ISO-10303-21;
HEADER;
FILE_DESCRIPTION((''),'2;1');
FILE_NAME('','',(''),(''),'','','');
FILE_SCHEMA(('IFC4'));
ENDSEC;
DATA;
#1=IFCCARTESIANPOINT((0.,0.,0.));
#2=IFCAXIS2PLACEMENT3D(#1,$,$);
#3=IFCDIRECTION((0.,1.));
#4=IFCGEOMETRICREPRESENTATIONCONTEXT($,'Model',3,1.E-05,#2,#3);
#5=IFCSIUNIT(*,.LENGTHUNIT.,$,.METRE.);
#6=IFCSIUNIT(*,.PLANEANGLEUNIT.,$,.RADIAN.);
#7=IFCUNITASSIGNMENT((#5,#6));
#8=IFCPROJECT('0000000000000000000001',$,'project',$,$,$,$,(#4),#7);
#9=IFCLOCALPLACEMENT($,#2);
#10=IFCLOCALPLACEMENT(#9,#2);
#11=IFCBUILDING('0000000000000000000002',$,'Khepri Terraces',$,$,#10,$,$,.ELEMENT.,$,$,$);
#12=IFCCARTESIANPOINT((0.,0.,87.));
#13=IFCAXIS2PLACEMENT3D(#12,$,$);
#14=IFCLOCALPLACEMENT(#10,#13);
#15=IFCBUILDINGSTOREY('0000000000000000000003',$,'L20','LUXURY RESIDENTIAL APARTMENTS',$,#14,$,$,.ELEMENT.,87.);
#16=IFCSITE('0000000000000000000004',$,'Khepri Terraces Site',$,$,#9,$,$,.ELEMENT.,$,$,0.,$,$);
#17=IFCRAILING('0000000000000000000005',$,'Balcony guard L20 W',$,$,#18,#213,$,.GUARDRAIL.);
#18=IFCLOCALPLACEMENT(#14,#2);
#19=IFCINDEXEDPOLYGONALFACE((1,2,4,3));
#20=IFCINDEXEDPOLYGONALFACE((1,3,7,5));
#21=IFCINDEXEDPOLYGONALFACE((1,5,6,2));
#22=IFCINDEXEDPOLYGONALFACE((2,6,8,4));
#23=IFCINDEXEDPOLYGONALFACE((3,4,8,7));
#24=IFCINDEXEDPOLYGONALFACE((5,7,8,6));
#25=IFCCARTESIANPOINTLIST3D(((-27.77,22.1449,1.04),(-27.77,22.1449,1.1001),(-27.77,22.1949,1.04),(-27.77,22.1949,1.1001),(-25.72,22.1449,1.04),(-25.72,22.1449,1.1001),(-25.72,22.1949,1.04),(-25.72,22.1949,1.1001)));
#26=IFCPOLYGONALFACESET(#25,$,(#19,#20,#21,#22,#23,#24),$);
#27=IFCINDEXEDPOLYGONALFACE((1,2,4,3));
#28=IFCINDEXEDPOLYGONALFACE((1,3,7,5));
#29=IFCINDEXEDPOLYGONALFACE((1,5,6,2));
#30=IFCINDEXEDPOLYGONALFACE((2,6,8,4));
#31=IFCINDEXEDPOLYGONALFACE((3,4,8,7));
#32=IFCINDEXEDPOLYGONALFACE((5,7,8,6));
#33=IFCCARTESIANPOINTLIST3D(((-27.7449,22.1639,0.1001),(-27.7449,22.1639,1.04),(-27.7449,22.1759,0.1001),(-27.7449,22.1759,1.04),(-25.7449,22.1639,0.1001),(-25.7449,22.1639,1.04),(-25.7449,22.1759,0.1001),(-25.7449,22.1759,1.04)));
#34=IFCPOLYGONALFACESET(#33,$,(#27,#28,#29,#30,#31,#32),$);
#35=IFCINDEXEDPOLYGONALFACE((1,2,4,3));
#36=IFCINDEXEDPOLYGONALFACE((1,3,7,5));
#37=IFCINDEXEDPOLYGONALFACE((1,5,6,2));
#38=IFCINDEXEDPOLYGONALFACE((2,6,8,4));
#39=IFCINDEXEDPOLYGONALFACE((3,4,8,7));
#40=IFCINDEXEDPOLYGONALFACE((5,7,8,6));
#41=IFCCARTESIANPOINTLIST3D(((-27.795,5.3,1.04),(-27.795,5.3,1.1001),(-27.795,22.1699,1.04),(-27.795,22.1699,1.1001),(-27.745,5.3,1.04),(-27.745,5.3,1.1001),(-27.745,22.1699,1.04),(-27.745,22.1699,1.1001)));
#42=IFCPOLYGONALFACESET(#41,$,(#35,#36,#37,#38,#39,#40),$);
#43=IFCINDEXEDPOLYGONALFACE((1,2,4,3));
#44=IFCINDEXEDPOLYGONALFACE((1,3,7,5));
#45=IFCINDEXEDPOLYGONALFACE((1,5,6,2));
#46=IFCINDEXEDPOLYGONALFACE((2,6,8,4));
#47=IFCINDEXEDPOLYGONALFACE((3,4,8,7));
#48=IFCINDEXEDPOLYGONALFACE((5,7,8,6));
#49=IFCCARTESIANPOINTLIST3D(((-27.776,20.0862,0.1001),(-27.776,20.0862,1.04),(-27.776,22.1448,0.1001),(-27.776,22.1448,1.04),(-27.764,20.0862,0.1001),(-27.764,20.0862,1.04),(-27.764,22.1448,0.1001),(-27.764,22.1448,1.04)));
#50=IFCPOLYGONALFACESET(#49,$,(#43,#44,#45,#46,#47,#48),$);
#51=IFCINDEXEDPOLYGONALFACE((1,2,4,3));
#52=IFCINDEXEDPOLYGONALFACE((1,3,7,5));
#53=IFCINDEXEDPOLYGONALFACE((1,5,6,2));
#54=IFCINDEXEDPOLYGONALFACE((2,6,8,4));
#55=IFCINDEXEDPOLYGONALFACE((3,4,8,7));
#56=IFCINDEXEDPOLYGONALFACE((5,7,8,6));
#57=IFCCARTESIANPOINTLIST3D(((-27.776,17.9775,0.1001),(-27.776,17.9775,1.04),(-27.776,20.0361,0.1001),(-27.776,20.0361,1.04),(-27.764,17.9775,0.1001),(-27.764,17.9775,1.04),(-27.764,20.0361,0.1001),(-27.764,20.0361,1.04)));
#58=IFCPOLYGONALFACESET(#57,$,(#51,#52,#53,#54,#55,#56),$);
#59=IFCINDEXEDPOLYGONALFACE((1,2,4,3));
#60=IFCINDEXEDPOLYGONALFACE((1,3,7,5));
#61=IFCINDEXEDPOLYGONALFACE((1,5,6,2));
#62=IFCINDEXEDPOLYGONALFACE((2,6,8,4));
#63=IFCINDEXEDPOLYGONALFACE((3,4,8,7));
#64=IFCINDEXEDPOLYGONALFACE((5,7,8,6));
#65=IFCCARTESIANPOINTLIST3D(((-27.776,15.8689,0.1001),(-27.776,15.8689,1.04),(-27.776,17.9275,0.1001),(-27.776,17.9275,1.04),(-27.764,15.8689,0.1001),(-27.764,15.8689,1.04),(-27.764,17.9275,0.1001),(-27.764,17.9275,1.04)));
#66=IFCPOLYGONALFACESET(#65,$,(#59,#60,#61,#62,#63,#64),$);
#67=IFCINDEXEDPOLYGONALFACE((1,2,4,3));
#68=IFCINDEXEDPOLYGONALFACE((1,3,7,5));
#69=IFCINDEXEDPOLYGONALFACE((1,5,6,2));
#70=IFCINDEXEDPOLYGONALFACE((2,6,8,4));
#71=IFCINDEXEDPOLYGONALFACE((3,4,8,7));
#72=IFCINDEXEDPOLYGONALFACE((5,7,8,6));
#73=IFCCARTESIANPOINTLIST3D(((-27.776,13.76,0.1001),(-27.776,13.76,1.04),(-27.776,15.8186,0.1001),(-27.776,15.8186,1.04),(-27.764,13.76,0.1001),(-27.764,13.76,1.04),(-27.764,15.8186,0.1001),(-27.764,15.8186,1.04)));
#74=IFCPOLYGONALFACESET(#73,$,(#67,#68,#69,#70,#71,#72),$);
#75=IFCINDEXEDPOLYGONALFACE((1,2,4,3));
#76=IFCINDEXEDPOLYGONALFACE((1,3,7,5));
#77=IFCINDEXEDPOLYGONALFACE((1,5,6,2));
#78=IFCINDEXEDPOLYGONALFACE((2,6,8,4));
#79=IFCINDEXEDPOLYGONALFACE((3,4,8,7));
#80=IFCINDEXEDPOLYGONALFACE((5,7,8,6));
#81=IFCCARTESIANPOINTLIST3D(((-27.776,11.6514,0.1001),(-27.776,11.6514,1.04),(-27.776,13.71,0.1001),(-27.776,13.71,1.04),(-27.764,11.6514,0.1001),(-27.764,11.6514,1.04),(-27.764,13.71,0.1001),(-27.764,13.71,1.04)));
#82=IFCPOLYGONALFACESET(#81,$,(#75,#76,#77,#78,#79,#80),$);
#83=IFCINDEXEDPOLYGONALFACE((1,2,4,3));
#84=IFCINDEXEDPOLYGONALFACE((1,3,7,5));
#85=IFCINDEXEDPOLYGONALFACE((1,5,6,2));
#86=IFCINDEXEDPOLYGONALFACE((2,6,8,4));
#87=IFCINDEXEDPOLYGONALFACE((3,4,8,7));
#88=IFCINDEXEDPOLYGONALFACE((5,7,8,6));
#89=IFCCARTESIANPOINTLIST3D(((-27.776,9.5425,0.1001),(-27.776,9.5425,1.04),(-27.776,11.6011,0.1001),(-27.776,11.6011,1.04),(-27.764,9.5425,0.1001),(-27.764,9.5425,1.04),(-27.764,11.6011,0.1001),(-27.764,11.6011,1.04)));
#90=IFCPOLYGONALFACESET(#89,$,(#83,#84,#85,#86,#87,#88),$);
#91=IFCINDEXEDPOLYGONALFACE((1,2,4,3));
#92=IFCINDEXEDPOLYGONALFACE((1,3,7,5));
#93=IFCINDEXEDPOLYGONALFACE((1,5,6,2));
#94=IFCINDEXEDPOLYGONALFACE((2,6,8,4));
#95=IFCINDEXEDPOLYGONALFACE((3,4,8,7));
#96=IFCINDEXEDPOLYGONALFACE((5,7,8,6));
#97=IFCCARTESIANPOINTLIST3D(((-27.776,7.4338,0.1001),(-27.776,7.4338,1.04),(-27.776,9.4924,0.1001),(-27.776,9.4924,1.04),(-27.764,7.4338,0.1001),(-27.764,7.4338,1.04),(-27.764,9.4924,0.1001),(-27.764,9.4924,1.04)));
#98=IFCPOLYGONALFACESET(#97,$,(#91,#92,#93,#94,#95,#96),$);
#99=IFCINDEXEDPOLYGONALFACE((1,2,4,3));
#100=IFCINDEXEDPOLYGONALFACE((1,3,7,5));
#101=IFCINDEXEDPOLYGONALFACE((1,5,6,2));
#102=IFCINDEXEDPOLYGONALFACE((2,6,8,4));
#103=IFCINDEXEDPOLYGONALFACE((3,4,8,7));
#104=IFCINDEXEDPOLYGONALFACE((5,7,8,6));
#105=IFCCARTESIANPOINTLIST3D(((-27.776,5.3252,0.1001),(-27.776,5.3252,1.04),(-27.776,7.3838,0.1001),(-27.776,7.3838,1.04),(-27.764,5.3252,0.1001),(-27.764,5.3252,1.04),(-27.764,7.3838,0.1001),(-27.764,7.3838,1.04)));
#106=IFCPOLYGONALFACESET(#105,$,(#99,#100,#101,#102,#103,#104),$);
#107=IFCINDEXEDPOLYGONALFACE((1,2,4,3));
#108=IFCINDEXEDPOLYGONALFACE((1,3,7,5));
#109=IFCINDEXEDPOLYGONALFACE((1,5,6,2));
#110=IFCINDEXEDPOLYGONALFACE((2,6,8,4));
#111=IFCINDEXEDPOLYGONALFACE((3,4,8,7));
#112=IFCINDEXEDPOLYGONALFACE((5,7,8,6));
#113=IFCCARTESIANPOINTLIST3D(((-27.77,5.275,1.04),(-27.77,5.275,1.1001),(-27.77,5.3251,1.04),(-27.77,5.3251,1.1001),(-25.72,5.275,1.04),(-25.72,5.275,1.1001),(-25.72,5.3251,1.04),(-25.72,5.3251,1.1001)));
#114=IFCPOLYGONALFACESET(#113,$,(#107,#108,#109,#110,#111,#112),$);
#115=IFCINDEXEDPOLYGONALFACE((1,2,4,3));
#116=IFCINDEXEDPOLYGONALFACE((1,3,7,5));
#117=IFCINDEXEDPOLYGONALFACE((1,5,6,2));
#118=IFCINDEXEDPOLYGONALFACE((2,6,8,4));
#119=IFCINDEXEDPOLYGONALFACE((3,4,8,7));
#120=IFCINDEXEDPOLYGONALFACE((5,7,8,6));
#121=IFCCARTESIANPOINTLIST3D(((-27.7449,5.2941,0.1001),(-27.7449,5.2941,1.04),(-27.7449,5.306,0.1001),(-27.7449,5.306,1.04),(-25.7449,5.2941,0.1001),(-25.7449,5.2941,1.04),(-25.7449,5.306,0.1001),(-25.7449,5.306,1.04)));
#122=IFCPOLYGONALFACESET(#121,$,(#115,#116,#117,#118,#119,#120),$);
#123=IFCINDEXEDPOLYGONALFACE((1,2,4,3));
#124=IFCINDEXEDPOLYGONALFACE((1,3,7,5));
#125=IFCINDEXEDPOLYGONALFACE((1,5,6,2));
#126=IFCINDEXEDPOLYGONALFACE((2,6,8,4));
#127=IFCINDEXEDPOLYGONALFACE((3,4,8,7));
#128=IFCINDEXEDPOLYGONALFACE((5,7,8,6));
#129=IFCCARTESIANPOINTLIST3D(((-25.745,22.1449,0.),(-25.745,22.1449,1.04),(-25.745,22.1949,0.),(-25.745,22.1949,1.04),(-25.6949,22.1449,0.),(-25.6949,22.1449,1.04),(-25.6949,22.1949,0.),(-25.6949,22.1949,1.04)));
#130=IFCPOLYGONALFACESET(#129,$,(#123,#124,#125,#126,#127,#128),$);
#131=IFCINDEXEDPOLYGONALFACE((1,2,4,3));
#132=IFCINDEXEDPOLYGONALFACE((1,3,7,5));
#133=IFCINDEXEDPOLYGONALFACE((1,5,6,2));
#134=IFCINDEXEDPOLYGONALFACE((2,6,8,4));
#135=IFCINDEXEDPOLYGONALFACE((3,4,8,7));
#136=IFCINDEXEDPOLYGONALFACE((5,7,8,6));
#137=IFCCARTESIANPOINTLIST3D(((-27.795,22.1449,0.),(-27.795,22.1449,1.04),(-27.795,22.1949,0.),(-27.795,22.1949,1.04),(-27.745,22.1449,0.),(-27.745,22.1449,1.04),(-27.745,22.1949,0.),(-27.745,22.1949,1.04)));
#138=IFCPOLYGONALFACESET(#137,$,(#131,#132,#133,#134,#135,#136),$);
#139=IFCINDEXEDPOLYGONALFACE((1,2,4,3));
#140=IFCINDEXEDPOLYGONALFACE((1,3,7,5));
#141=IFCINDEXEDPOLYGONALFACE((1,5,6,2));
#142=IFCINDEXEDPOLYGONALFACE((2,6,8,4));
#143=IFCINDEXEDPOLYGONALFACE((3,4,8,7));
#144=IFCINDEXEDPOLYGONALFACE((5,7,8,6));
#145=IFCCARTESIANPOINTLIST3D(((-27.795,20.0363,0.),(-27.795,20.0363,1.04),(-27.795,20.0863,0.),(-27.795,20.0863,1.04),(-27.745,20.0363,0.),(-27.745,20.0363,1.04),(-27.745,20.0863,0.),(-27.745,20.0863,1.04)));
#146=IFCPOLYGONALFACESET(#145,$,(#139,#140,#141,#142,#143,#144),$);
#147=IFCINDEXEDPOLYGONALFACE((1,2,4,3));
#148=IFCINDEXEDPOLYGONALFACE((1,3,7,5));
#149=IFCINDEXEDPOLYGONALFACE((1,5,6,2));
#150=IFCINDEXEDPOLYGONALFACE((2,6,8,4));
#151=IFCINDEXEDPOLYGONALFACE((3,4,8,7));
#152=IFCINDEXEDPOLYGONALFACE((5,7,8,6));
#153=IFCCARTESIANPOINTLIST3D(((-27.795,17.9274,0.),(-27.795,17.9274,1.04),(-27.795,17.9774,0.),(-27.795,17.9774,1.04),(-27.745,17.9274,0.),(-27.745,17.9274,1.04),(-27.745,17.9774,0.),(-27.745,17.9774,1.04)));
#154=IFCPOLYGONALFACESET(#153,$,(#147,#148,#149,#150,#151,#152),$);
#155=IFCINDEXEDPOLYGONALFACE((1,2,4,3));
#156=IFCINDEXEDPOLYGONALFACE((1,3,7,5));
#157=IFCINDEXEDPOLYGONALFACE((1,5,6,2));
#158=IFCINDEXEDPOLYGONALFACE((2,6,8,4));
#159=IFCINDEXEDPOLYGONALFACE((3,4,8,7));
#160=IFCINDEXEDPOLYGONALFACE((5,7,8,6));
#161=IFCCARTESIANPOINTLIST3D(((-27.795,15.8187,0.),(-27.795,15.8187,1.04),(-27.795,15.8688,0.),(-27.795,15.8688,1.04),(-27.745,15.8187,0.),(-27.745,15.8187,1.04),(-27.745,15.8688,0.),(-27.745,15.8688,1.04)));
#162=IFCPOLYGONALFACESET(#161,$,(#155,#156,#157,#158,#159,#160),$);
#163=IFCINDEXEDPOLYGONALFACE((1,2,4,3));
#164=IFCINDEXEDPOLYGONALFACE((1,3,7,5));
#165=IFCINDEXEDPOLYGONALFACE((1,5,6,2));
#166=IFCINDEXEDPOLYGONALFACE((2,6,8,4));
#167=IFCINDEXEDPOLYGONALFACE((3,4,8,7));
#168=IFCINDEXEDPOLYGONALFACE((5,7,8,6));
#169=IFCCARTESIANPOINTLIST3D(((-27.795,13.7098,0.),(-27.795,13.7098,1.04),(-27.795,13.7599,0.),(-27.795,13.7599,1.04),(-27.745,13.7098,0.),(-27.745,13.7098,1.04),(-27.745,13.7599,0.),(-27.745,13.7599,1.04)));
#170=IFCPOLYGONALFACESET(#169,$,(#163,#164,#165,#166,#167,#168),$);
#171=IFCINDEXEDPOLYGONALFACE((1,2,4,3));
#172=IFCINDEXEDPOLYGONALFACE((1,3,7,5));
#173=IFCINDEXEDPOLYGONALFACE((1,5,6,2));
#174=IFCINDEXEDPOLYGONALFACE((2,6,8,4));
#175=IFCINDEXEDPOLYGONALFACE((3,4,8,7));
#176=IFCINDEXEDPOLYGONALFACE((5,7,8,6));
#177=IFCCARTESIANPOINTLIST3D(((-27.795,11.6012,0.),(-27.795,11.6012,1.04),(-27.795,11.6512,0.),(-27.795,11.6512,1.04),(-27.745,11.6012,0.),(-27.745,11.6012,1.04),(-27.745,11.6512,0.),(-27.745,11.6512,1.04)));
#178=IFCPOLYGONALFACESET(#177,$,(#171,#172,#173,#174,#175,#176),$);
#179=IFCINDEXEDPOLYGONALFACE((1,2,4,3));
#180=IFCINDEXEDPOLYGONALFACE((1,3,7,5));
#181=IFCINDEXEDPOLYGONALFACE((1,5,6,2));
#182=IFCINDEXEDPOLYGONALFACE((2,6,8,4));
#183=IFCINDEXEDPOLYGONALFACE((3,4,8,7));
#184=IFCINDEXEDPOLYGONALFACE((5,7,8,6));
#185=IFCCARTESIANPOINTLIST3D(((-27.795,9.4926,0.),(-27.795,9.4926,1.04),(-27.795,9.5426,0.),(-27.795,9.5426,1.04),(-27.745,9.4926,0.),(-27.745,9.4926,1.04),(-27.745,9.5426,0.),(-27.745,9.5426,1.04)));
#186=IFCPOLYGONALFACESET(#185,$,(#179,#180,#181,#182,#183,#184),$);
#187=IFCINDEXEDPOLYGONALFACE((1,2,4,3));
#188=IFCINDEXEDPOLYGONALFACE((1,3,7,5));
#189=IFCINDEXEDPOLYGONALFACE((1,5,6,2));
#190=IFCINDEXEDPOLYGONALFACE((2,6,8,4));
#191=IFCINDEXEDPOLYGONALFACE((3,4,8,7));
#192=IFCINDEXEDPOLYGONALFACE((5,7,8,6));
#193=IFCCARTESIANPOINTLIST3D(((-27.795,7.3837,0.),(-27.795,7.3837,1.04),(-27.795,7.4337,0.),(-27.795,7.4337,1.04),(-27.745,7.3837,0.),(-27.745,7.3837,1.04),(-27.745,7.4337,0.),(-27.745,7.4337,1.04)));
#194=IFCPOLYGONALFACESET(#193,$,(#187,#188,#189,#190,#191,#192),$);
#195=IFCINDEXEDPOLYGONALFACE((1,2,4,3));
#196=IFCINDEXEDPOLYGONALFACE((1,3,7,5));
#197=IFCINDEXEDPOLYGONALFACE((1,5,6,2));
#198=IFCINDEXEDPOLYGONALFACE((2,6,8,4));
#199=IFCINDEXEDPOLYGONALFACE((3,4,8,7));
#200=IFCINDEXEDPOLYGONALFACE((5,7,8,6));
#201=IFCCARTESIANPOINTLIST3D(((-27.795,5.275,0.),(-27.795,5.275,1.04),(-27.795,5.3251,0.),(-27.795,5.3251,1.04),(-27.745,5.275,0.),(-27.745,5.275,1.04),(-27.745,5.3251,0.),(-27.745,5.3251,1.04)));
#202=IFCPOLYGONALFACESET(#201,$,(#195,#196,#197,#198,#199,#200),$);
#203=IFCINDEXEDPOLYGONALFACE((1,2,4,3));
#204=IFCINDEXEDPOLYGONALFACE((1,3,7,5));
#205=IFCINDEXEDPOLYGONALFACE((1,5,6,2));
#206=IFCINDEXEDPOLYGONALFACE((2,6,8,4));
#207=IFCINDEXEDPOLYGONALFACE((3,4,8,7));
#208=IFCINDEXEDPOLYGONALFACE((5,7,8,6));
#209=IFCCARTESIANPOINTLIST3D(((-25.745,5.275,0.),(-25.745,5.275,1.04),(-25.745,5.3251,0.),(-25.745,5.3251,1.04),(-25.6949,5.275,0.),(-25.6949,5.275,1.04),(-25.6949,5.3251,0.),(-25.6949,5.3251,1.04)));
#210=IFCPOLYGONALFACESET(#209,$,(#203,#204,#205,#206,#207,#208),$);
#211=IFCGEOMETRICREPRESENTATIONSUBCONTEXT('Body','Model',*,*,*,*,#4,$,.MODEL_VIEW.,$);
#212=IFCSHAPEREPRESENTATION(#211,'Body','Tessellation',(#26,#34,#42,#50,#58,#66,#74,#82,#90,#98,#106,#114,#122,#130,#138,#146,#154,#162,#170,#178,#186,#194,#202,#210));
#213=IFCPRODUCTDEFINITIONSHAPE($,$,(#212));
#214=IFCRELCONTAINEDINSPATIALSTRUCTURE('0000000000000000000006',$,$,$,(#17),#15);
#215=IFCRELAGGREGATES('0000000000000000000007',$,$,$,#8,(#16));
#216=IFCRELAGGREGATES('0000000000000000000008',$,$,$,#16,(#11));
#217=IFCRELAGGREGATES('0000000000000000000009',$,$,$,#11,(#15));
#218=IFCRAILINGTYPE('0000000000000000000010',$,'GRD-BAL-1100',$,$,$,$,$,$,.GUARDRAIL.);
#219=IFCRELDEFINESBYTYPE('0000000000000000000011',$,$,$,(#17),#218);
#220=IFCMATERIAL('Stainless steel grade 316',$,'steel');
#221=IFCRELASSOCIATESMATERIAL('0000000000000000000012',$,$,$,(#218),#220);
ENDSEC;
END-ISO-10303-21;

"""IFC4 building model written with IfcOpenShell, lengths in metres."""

from ifc_helpers import new_model, si_unit, direction, frame, origin, origin_2d, place, context, subcontext, project, spatial, rectangle, extrude, material, type_object, element, save


model = new_model("IFC4")

# Units and contexts
model_context = context("Model", 3, precision=1e-05, world=origin(), true_north=direction((0.0, 1.0)))
body_context = subcontext(model_context, "Body", "Model", "MODEL_VIEW")
ifc_project = project(units=[si_unit("LENGTHUNIT", "METRE"), si_unit("PLANEANGLEUNIT", "RADIAN")], contexts=[model_context])

# Site, building, storey
site_placement = place(None, origin())
site = spatial("IfcSite", under=ifc_project, at=site_placement, Name="Khepri Terraces Site", CompositionType="ELEMENT", RefElevation=0.0)
building_placement = place(site_placement, origin())
building = spatial("IfcBuilding", under=site, at=building_placement, Name="Khepri Terraces", CompositionType="ELEMENT")
storey_placement = place(building_placement, frame((0.0, 0.0, 87.0)))
storey = spatial("IfcBuildingStorey", under=building, at=storey_placement, Name="L20", Description="LUXURY RESIDENTIAL APARTMENTS", CompositionType="ELEMENT", Elevation=87.0)

# Railing
ifc_material_1 = material(Name="Stainless steel grade 316", Category="steel")
railing_type = type_object("IfcRailingType", Name="GRD-BAL-1100", PredefinedType="GUARDRAIL", material=ifc_material_1)
railing_placement = place(storey_placement, frame((-25.72, 22.1699, 0.0)))
element("IfcRailing", 1, at=railing_placement, inside=storey, type_object=railing_type, Name="Balcony guard L20 W", PredefinedType="GUARDRAIL", context=body_context, shape_type="SweptSolid", body=[
    extrude(rectangle(XDim=0.05, YDim=0.0601, at=origin_2d()), frame((0.0, 0.0, 1.0701), z_axis=(-1.0, 0.0, 0.0), x_axis=(0.0, -1.0, 0.0)), (0.0, 0.0, 1.0), 2.05),
    extrude(rectangle(XDim=2.0, YDim=0.012, at=origin_2d()), frame((-1.0249, 0.0, 0.1001), z_axis=(0.0, 0.0, 1.0), x_axis=(-1.0, 0.0, 0.0)), (0.0, 0.0, 1.0), 0.9399),
    extrude(rectangle(XDim=0.05, YDim=0.0601, at=origin_2d()), frame((-2.05, 0.0, 1.0701), z_axis=(0.0, -1.0, 0.0), x_axis=(1.0, 0.0, 0.0)), (0.0, 0.0, 1.0), 16.8699),
    extrude(rectangle(XDim=2.0586, YDim=0.012, at=origin_2d()), frame((-2.05, -1.0544, 0.1001), z_axis=(0.0, 0.0, 1.0), x_axis=(0.0, -1.0, 0.0)), (0.0, 0.0, 1.0), 0.9399),
    extrude(rectangle(XDim=2.0586, YDim=0.012, at=origin_2d()), frame((-2.05, -3.1631, 0.1001), z_axis=(0.0, 0.0, 1.0), x_axis=(0.0, -1.0, 0.0)), (0.0, 0.0, 1.0), 0.9399),
    extrude(rectangle(XDim=2.0586, YDim=0.012, at=origin_2d()), frame((-2.05, -5.2717, 0.1001), z_axis=(0.0, 0.0, 1.0), x_axis=(0.0, -1.0, 0.0)), (0.0, 0.0, 1.0), 0.9399),
    extrude(rectangle(XDim=2.0586, YDim=0.012, at=origin_2d()), frame((-2.05, -7.3806, 0.1001), z_axis=(0.0, 0.0, 1.0), x_axis=(0.0, -1.0, 0.0)), (0.0, 0.0, 1.0), 0.9399),
    extrude(rectangle(XDim=2.0586, YDim=0.012, at=origin_2d()), frame((-2.05, -9.4893, 0.1001), z_axis=(0.0, 0.0, 1.0), x_axis=(0.0, -1.0, 0.0)), (0.0, 0.0, 1.0), 0.9399),
    extrude(rectangle(XDim=2.0586, YDim=0.012, at=origin_2d()), frame((-2.05, -11.5981, 0.1001), z_axis=(0.0, 0.0, 1.0), x_axis=(0.0, -1.0, 0.0)), (0.0, 0.0, 1.0), 0.9399),
    extrude(rectangle(XDim=2.0586, YDim=0.012, at=origin_2d()), frame((-2.05, -13.7068, 0.1001), z_axis=(0.0, 0.0, 1.0), x_axis=(0.0, -1.0, 0.0)), (0.0, 0.0, 1.0), 0.9399),
    extrude(rectangle(XDim=2.0586, YDim=0.012, at=origin_2d()), frame((-2.05, -15.8154, 0.1001), z_axis=(0.0, 0.0, 1.0), x_axis=(0.0, -1.0, 0.0)), (0.0, 0.0, 1.0), 0.9399),
    extrude(rectangle(XDim=0.05, YDim=0.0601, at=origin_2d()), frame((-2.05, -16.8699, 1.0701), z_axis=(1.0, 0.0, 0.0), x_axis=(0.0, 1.0, 0.0)), (0.0, 0.0, 1.0), 2.05),
    extrude(rectangle(XDim=2.0, YDim=0.012, at=origin_2d()), frame((-1.0249, -16.8699, 0.1001), z_axis=(0.0, 0.0, 1.0), x_axis=(1.0, 0.0, 0.0)), (0.0, 0.0, 1.0), 0.9399),
    extrude(rectangle(XDim=0.05, YDim=0.05, at=origin_2d()), origin(), (0.0, 0.0, 1.0), 1.04),
    extrude(rectangle(XDim=0.05, YDim=0.05, at=origin_2d()), frame((-2.05, 0.0, 0.0)), (0.0, 0.0, 1.0), 1.04),
    extrude(rectangle(XDim=0.05, YDim=0.05, at=origin_2d()), frame((-2.05, -2.1086, 0.0)), (0.0, 0.0, 1.0), 1.04),
    extrude(rectangle(XDim=0.05, YDim=0.05, at=origin_2d()), frame((-2.05, -4.2175, 0.0)), (0.0, 0.0, 1.0), 1.04),
    extrude(rectangle(XDim=0.05, YDim=0.05, at=origin_2d()), frame((-2.05, -6.3262, 0.0)), (0.0, 0.0, 1.0), 1.04),
    extrude(rectangle(XDim=0.05, YDim=0.05, at=origin_2d()), frame((-2.05, -8.4351, 0.0)), (0.0, 0.0, 1.0), 1.04),
    extrude(rectangle(XDim=0.05, YDim=0.05, at=origin_2d()), frame((-2.05, -10.5437, 0.0)), (0.0, 0.0, 1.0), 1.04),
    extrude(rectangle(XDim=0.05, YDim=0.05, at=origin_2d()), frame((-2.05, -12.6523, 0.0)), (0.0, 0.0, 1.0), 1.04),
    extrude(rectangle(XDim=0.05, YDim=0.05, at=origin_2d()), frame((-2.05, -14.7612, 0.0)), (0.0, 0.0, 1.0), 1.04),
    extrude(rectangle(XDim=0.05, YDim=0.05, at=origin_2d()), frame((-2.05, -16.8699, 0.0)), (0.0, 0.0, 1.0), 1.04),
    extrude(rectangle(XDim=0.05, YDim=0.05, at=origin_2d()), frame((0.0, -16.8699, 0.0)), (0.0, 0.0, 1.0), 1.04),
])

save(model, "model.ifc")
